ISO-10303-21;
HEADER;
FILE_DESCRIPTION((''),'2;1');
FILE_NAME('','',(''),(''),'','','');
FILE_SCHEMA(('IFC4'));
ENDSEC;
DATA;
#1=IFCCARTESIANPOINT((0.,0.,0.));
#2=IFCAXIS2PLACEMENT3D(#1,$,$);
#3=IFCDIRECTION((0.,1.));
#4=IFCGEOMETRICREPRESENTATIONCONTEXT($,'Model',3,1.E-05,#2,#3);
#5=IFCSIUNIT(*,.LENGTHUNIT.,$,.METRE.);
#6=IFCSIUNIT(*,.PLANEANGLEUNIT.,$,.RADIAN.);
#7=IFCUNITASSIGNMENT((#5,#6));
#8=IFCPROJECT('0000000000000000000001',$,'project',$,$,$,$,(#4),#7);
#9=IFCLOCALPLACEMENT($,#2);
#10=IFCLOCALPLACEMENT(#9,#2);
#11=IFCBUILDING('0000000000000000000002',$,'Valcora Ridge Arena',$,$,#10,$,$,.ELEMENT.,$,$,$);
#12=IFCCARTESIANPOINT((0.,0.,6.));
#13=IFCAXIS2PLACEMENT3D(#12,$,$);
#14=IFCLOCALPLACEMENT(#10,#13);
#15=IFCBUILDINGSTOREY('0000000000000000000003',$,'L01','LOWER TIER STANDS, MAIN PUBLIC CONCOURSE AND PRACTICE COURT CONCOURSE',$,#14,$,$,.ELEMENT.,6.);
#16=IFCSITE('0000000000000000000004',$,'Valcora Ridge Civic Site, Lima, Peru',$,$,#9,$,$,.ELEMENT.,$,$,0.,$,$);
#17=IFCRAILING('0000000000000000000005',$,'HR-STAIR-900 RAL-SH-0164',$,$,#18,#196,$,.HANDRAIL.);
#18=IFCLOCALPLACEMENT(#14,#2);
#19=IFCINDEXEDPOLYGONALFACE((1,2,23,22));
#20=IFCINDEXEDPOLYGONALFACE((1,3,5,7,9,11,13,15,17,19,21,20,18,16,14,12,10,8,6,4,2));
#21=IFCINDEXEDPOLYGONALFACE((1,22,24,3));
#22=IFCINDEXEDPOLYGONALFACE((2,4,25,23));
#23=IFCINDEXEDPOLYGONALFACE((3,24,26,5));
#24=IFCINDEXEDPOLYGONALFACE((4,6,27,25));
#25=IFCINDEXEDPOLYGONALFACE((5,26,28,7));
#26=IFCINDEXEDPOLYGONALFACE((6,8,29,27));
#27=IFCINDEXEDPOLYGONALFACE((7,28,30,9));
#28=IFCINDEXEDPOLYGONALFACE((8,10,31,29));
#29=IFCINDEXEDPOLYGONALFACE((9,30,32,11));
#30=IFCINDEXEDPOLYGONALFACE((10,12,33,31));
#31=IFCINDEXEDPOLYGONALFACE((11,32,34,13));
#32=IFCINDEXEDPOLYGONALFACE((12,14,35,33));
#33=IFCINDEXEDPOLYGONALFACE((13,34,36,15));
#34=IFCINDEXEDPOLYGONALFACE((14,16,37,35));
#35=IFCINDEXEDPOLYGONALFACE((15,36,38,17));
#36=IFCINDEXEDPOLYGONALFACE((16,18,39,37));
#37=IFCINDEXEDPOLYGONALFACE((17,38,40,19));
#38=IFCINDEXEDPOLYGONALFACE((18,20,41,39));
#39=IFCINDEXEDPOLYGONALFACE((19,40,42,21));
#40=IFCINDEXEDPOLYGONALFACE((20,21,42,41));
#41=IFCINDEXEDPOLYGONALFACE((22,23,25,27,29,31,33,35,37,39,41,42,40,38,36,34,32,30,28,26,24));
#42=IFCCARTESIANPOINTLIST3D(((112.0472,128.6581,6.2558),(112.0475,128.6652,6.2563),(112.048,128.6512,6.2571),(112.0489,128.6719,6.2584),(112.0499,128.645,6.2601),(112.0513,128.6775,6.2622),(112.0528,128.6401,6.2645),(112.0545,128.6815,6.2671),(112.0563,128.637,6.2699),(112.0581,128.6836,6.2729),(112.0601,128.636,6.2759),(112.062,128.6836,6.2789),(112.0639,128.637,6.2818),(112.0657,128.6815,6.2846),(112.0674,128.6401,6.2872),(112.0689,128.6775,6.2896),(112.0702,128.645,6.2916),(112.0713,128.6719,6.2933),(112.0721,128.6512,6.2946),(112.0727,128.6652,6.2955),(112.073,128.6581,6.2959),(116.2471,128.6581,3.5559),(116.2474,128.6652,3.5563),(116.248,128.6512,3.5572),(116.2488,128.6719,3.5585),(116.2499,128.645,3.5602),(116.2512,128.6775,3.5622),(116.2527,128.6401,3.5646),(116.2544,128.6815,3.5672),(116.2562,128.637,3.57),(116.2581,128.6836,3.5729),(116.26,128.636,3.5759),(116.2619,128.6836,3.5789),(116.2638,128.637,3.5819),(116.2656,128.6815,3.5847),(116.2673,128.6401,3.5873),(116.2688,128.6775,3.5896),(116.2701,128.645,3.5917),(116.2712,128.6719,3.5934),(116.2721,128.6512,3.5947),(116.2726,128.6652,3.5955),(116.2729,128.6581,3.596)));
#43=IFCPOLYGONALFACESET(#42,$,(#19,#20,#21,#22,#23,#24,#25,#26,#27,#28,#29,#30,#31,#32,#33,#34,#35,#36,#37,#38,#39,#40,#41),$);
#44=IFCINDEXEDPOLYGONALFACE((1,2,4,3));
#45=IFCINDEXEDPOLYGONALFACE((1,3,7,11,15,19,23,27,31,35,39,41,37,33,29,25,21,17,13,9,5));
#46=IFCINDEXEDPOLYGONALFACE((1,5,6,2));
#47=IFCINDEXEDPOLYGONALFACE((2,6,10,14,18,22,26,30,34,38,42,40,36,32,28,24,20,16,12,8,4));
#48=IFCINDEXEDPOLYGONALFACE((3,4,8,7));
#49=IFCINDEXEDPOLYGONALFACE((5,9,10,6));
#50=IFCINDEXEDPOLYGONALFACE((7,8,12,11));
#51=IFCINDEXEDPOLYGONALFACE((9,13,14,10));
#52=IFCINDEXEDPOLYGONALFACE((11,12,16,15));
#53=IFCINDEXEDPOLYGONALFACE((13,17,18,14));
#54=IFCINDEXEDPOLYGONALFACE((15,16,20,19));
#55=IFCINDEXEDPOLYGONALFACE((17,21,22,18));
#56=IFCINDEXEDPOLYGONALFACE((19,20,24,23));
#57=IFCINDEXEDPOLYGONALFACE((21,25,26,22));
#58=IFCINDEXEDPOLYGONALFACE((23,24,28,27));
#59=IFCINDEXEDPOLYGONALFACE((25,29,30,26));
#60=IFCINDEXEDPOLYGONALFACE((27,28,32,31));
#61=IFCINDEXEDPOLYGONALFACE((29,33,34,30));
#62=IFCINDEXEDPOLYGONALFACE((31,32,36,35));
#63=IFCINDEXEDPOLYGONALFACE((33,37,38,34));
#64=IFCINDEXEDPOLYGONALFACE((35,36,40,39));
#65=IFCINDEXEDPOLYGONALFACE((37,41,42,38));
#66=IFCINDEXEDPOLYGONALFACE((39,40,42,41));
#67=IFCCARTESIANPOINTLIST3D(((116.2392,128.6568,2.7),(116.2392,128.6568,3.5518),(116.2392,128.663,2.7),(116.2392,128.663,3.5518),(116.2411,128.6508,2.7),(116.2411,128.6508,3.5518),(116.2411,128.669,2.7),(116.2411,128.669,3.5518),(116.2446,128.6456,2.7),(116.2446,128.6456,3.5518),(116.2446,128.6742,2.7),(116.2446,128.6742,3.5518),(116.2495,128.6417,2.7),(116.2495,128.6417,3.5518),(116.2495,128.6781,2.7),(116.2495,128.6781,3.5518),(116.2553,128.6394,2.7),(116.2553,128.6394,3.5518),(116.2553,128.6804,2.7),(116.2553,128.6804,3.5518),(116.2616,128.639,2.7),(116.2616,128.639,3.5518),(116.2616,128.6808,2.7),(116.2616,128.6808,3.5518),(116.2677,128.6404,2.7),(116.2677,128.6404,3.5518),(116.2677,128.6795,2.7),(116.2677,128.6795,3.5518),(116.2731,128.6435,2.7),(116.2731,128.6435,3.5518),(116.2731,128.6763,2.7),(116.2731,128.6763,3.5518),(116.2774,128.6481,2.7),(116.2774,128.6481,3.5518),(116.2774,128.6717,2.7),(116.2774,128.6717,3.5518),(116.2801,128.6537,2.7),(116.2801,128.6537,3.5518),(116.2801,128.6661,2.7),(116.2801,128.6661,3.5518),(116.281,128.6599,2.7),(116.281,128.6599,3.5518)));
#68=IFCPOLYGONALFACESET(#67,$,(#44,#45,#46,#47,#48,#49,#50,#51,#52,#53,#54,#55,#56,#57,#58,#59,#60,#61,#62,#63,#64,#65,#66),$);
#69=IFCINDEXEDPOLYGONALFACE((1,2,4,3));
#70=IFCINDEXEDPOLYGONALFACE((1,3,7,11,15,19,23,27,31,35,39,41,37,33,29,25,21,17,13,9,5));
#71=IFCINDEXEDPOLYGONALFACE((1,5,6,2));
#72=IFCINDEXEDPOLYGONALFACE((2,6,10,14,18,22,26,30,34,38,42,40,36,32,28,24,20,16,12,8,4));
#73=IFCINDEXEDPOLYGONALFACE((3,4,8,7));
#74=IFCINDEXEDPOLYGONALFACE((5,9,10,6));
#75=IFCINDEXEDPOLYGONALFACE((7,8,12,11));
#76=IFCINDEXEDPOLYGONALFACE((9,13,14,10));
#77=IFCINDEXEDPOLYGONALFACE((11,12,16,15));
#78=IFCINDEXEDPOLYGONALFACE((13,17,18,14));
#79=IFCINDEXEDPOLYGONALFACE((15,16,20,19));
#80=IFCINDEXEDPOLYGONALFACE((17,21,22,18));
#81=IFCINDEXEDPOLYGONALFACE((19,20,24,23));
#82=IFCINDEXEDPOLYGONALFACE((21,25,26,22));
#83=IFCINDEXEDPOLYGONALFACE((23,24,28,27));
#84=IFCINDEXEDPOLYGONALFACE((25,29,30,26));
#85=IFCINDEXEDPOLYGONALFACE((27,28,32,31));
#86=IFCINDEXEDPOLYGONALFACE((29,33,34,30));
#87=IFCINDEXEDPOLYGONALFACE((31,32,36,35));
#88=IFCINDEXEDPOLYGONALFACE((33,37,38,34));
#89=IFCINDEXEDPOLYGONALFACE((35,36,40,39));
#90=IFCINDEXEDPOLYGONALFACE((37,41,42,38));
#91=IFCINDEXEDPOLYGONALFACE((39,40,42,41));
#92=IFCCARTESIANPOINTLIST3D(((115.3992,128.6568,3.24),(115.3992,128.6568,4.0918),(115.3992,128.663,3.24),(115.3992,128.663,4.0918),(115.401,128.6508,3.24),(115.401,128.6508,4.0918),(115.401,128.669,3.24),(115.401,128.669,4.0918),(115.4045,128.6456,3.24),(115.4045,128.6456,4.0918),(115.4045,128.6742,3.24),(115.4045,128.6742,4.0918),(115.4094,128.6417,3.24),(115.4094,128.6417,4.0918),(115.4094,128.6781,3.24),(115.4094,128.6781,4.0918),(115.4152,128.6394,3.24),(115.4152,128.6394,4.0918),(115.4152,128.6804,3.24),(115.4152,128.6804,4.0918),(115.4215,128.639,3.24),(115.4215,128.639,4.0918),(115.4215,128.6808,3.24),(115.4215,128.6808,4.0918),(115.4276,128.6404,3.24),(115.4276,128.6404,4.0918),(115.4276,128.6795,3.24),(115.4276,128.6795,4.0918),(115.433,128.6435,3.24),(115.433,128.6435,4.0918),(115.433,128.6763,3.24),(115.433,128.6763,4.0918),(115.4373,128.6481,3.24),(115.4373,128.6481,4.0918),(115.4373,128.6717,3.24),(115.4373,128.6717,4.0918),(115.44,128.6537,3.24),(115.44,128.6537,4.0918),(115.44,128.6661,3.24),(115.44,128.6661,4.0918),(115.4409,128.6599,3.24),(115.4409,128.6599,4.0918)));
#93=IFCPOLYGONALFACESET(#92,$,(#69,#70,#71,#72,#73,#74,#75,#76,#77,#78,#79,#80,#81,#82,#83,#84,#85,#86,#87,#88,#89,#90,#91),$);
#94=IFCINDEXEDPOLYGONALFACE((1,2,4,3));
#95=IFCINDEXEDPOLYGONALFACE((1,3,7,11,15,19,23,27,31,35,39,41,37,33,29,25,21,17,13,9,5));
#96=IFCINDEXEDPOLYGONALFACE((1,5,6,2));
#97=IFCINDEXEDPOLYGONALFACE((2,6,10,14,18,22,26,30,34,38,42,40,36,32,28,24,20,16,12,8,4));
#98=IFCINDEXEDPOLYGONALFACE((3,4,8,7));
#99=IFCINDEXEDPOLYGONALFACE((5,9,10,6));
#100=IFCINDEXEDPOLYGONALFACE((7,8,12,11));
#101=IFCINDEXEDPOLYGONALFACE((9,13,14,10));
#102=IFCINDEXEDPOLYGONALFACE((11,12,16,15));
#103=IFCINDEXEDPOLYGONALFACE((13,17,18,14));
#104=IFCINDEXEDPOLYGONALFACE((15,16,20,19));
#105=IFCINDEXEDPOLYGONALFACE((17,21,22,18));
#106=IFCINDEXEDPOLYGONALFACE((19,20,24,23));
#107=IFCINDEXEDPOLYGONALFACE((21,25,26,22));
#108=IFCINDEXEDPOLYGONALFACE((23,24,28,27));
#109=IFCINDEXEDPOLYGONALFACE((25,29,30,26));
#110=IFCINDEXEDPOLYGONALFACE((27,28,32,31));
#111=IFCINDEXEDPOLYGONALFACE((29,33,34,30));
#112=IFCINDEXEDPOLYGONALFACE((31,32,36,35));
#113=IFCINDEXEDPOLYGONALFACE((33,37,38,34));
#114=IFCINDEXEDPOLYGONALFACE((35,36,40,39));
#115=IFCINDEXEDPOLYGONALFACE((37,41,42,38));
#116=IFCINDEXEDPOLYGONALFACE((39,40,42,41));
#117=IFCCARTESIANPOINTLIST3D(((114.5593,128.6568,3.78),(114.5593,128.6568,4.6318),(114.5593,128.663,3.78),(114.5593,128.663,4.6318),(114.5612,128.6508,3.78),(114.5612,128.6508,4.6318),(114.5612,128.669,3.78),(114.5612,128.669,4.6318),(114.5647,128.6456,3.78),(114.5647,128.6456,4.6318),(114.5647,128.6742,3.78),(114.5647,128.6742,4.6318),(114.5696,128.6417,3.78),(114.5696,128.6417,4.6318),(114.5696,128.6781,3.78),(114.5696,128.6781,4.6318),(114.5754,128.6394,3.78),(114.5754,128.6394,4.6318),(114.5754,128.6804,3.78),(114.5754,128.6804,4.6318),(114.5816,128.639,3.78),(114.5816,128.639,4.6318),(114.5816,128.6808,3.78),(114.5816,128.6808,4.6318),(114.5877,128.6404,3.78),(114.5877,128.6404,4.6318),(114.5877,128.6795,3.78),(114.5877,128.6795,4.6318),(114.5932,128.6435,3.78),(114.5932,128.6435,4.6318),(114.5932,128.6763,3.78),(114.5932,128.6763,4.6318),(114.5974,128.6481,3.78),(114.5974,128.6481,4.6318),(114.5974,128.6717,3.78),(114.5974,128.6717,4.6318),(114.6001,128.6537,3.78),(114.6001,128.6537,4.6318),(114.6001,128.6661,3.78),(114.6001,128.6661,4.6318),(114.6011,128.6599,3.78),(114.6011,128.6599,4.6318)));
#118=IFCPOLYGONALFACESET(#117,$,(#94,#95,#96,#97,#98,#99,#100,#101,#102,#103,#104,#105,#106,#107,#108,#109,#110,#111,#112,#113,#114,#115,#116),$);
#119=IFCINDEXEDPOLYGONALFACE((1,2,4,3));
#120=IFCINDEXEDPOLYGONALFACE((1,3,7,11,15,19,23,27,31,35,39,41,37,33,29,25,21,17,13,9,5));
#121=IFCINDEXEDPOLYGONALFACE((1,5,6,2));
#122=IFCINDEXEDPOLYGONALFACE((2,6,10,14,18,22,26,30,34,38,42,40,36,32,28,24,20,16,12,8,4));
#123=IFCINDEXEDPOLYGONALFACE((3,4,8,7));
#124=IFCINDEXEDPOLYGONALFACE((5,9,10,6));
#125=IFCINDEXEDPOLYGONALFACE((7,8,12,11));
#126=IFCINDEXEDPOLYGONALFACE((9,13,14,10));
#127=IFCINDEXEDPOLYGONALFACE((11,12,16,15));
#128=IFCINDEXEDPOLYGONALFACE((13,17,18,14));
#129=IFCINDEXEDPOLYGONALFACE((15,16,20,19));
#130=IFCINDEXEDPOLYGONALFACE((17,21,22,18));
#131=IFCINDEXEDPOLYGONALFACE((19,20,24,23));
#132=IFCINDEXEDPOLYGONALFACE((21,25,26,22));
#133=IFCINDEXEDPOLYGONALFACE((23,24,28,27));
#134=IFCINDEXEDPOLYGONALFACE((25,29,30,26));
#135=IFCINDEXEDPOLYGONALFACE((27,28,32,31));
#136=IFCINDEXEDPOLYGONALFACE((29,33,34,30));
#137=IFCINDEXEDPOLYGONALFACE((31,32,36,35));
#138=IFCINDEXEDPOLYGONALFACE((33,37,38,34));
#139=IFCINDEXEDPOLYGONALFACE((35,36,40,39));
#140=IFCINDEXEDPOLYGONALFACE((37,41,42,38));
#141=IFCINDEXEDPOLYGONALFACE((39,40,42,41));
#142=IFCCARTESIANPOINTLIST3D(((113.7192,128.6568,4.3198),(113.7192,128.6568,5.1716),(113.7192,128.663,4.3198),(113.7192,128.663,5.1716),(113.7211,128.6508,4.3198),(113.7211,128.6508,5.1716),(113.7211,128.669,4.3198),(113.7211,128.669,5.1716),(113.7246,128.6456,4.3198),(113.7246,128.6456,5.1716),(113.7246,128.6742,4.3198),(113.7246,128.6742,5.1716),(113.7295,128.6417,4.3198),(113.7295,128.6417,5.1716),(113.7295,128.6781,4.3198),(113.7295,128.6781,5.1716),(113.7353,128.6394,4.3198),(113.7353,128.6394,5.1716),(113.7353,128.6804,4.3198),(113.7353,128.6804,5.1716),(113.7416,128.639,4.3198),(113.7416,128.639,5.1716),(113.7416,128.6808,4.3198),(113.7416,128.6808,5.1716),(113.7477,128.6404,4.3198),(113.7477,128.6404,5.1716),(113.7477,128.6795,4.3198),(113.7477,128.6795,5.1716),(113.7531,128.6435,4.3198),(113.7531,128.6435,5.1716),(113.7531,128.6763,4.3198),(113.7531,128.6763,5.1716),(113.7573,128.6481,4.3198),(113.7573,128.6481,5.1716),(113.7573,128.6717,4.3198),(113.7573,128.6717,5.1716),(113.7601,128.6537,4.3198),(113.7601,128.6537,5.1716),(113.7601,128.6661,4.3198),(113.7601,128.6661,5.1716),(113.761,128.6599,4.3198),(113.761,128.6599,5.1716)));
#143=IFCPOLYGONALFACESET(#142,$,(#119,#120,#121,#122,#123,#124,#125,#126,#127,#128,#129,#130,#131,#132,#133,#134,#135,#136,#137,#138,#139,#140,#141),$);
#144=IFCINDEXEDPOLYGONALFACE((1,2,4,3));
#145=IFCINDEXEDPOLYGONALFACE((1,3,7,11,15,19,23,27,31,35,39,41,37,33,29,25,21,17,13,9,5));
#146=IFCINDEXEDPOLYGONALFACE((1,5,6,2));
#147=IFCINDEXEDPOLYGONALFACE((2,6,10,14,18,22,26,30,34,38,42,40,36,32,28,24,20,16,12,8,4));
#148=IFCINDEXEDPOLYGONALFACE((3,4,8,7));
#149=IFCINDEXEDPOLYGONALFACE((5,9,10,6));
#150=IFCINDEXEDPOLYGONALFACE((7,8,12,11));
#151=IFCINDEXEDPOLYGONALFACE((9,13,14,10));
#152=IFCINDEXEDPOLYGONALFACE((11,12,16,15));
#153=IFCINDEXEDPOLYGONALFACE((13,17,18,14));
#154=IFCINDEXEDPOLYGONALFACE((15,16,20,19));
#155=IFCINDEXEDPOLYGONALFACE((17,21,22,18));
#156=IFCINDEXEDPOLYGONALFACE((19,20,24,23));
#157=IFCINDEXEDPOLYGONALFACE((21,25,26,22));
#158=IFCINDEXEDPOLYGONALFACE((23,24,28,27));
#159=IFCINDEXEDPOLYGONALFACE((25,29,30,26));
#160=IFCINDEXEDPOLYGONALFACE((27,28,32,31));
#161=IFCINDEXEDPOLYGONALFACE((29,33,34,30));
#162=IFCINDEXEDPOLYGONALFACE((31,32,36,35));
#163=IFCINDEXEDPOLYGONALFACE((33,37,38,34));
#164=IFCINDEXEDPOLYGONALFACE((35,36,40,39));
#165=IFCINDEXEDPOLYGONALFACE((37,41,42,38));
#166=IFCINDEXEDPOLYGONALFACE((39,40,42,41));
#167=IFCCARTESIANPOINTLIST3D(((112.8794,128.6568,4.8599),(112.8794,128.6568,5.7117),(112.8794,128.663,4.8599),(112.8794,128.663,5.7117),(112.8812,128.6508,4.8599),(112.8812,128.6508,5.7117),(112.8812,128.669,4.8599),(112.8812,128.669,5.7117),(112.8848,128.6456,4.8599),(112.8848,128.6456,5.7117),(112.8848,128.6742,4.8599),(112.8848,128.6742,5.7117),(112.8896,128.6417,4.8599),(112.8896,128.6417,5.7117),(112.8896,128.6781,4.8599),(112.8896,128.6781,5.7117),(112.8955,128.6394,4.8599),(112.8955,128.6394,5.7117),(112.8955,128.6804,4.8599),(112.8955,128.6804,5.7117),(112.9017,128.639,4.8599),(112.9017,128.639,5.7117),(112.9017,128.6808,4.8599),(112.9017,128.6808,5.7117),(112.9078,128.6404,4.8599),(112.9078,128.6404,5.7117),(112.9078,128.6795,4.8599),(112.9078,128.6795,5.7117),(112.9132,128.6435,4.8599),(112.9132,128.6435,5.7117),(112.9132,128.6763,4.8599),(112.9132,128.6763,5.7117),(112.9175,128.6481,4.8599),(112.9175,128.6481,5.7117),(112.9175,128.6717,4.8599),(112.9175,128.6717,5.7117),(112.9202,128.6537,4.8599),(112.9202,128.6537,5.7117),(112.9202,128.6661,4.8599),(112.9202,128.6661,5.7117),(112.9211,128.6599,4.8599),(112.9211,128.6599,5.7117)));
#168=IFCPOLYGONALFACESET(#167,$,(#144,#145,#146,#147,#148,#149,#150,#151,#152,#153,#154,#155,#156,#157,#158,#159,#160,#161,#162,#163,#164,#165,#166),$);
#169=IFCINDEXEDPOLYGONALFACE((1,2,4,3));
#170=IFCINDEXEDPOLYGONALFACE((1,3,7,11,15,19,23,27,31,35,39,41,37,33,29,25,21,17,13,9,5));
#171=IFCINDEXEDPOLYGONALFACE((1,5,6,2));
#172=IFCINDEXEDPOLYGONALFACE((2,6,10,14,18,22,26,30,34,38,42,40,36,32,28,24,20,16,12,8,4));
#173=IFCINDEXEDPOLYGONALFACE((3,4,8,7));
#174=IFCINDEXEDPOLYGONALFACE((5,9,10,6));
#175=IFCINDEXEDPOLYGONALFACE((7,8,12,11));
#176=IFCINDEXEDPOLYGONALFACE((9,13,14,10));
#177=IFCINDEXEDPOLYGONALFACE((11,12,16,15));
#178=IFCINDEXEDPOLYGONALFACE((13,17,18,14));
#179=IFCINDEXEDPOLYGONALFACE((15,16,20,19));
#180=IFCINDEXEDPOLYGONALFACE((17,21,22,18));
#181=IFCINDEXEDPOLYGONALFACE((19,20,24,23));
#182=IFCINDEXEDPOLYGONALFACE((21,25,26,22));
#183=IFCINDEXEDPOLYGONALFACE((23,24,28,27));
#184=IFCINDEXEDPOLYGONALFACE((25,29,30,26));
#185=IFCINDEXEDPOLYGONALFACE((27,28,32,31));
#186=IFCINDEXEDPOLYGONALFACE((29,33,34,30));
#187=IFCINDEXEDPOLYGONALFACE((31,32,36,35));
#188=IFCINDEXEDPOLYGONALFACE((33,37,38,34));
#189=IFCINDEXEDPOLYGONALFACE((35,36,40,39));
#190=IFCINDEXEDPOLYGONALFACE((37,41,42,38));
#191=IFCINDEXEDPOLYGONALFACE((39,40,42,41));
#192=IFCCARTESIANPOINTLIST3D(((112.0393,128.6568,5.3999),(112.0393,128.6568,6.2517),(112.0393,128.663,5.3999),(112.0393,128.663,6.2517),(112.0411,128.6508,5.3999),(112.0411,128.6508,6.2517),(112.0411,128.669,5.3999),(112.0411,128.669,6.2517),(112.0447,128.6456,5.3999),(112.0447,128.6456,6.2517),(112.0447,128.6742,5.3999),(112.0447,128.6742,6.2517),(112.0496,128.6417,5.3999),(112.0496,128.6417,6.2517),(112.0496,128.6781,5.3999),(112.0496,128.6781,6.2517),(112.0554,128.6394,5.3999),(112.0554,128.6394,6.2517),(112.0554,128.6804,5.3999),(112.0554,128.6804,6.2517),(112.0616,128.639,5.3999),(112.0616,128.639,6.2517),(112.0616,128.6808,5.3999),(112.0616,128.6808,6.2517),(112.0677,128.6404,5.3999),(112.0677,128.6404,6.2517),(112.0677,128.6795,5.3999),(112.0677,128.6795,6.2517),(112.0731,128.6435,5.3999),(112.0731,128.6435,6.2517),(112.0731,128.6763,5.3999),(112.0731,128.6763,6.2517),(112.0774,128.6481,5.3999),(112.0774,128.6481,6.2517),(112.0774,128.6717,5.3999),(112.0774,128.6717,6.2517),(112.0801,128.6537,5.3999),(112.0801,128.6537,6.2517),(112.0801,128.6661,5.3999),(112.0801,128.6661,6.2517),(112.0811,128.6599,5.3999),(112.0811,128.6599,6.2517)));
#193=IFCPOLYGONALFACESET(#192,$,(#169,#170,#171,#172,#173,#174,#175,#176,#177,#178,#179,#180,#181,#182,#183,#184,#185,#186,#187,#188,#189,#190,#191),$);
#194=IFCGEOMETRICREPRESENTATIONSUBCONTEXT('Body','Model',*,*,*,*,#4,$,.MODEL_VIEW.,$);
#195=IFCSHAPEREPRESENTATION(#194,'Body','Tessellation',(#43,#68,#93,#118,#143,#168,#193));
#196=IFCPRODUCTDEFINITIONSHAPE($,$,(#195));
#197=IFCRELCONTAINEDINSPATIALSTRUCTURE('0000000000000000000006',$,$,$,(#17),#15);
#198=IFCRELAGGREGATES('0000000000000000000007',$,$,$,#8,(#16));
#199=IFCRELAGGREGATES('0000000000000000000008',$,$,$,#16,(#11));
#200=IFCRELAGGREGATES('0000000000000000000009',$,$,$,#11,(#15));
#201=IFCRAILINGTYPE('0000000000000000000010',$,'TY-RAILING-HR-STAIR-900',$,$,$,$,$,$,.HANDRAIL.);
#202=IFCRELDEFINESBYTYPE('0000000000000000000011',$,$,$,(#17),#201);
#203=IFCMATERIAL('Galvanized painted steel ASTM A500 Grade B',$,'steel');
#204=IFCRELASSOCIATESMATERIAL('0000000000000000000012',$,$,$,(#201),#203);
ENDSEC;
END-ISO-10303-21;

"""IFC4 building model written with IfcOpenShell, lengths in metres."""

from ifc_helpers import new_model, si_unit, direction, frame, origin, origin_2d, place, context, subcontext, project, spatial, circle, extrude, material, type_object, element, save


model = new_model("IFC4")

# Units and contexts
model_context = context("Model", 3, precision=1e-05, world=origin(), true_north=direction((0.0, 1.0)))
body_context = subcontext(model_context, "Body", "Model", "MODEL_VIEW")
ifc_project = project(units=[si_unit("LENGTHUNIT", "METRE"), si_unit("PLANEANGLEUNIT", "RADIAN")], contexts=[model_context])

# Site, building, storey
site_placement = place(None, origin())
site = spatial("IfcSite", under=ifc_project, at=site_placement, Name="Valcora Ridge Civic Site, Lima, Peru", CompositionType="ELEMENT", RefElevation=0.0)
building_placement = place(site_placement, origin())
building = spatial("IfcBuilding", under=site, at=building_placement, Name="Valcora Ridge Arena", CompositionType="ELEMENT")
storey_placement = place(building_placement, frame((0.0, 0.0, 6.0)))
storey = spatial("IfcBuildingStorey", under=building, at=storey_placement, Name="L01", Description="LOWER TIER STANDS, MAIN PUBLIC CONCOURSE AND PRACTICE COURT CONCOURSE", CompositionType="ELEMENT", Elevation=6.0)

# Railing
ifc_material_1 = material(Name="Galvanized painted steel ASTM A500 Grade B", Category="steel")
railing_type_1 = type_object("IfcRailingType", Name="TY-RAILING-HR-STAIR-900", PredefinedType="HANDRAIL", material=ifc_material_1)
railing_1_placement = place(storey_placement, frame((116.26, 128.6599, 2.7)))
element("IfcRailing", 1, at=railing_1_placement, inside=storey, type_object=railing_type_1, Name="HR-STAIR-900 RAL-SH-0164", PredefinedType="HANDRAIL", context=body_context, shape_type="SweptSolid", body=[
    extrude(circle(Radius=0.0239, at=origin_2d()), frame((0.0, 0.0, 0.876), z_axis=(-0.84118, 0.0, 0.540755), x_axis=(0.0, -1.0, 0.0)), (0.0, 0.0, 1.0), 4.9929),
    extrude(circle(Radius=0.021, at=origin_2d()), origin(), (0.0, 0.0, 1.0), 0.8518),
    extrude(circle(Radius=0.021, at=origin_2d()), frame((-0.8401, 0.0, 0.54)), (0.0, 0.0, 1.0), 0.8518),
    extrude(circle(Radius=0.021, at=origin_2d()), frame((-1.6799, 0.0, 1.0801)), (0.0, 0.0, 1.0), 0.8518),
    extrude(circle(Radius=0.021, at=origin_2d()), frame((-2.52, 0.0, 1.6199)), (0.0, 0.0, 1.0), 0.8518),
    extrude(circle(Radius=0.021, at=origin_2d()), frame((-3.3599, 0.0, 2.1599)), (0.0, 0.0, 1.0), 0.8518),
    extrude(circle(Radius=0.021, at=origin_2d()), frame((-4.2, 0.0, 2.7)), (0.0, 0.0, 1.0), 0.8518),
])

save(model, "model.ifc")
